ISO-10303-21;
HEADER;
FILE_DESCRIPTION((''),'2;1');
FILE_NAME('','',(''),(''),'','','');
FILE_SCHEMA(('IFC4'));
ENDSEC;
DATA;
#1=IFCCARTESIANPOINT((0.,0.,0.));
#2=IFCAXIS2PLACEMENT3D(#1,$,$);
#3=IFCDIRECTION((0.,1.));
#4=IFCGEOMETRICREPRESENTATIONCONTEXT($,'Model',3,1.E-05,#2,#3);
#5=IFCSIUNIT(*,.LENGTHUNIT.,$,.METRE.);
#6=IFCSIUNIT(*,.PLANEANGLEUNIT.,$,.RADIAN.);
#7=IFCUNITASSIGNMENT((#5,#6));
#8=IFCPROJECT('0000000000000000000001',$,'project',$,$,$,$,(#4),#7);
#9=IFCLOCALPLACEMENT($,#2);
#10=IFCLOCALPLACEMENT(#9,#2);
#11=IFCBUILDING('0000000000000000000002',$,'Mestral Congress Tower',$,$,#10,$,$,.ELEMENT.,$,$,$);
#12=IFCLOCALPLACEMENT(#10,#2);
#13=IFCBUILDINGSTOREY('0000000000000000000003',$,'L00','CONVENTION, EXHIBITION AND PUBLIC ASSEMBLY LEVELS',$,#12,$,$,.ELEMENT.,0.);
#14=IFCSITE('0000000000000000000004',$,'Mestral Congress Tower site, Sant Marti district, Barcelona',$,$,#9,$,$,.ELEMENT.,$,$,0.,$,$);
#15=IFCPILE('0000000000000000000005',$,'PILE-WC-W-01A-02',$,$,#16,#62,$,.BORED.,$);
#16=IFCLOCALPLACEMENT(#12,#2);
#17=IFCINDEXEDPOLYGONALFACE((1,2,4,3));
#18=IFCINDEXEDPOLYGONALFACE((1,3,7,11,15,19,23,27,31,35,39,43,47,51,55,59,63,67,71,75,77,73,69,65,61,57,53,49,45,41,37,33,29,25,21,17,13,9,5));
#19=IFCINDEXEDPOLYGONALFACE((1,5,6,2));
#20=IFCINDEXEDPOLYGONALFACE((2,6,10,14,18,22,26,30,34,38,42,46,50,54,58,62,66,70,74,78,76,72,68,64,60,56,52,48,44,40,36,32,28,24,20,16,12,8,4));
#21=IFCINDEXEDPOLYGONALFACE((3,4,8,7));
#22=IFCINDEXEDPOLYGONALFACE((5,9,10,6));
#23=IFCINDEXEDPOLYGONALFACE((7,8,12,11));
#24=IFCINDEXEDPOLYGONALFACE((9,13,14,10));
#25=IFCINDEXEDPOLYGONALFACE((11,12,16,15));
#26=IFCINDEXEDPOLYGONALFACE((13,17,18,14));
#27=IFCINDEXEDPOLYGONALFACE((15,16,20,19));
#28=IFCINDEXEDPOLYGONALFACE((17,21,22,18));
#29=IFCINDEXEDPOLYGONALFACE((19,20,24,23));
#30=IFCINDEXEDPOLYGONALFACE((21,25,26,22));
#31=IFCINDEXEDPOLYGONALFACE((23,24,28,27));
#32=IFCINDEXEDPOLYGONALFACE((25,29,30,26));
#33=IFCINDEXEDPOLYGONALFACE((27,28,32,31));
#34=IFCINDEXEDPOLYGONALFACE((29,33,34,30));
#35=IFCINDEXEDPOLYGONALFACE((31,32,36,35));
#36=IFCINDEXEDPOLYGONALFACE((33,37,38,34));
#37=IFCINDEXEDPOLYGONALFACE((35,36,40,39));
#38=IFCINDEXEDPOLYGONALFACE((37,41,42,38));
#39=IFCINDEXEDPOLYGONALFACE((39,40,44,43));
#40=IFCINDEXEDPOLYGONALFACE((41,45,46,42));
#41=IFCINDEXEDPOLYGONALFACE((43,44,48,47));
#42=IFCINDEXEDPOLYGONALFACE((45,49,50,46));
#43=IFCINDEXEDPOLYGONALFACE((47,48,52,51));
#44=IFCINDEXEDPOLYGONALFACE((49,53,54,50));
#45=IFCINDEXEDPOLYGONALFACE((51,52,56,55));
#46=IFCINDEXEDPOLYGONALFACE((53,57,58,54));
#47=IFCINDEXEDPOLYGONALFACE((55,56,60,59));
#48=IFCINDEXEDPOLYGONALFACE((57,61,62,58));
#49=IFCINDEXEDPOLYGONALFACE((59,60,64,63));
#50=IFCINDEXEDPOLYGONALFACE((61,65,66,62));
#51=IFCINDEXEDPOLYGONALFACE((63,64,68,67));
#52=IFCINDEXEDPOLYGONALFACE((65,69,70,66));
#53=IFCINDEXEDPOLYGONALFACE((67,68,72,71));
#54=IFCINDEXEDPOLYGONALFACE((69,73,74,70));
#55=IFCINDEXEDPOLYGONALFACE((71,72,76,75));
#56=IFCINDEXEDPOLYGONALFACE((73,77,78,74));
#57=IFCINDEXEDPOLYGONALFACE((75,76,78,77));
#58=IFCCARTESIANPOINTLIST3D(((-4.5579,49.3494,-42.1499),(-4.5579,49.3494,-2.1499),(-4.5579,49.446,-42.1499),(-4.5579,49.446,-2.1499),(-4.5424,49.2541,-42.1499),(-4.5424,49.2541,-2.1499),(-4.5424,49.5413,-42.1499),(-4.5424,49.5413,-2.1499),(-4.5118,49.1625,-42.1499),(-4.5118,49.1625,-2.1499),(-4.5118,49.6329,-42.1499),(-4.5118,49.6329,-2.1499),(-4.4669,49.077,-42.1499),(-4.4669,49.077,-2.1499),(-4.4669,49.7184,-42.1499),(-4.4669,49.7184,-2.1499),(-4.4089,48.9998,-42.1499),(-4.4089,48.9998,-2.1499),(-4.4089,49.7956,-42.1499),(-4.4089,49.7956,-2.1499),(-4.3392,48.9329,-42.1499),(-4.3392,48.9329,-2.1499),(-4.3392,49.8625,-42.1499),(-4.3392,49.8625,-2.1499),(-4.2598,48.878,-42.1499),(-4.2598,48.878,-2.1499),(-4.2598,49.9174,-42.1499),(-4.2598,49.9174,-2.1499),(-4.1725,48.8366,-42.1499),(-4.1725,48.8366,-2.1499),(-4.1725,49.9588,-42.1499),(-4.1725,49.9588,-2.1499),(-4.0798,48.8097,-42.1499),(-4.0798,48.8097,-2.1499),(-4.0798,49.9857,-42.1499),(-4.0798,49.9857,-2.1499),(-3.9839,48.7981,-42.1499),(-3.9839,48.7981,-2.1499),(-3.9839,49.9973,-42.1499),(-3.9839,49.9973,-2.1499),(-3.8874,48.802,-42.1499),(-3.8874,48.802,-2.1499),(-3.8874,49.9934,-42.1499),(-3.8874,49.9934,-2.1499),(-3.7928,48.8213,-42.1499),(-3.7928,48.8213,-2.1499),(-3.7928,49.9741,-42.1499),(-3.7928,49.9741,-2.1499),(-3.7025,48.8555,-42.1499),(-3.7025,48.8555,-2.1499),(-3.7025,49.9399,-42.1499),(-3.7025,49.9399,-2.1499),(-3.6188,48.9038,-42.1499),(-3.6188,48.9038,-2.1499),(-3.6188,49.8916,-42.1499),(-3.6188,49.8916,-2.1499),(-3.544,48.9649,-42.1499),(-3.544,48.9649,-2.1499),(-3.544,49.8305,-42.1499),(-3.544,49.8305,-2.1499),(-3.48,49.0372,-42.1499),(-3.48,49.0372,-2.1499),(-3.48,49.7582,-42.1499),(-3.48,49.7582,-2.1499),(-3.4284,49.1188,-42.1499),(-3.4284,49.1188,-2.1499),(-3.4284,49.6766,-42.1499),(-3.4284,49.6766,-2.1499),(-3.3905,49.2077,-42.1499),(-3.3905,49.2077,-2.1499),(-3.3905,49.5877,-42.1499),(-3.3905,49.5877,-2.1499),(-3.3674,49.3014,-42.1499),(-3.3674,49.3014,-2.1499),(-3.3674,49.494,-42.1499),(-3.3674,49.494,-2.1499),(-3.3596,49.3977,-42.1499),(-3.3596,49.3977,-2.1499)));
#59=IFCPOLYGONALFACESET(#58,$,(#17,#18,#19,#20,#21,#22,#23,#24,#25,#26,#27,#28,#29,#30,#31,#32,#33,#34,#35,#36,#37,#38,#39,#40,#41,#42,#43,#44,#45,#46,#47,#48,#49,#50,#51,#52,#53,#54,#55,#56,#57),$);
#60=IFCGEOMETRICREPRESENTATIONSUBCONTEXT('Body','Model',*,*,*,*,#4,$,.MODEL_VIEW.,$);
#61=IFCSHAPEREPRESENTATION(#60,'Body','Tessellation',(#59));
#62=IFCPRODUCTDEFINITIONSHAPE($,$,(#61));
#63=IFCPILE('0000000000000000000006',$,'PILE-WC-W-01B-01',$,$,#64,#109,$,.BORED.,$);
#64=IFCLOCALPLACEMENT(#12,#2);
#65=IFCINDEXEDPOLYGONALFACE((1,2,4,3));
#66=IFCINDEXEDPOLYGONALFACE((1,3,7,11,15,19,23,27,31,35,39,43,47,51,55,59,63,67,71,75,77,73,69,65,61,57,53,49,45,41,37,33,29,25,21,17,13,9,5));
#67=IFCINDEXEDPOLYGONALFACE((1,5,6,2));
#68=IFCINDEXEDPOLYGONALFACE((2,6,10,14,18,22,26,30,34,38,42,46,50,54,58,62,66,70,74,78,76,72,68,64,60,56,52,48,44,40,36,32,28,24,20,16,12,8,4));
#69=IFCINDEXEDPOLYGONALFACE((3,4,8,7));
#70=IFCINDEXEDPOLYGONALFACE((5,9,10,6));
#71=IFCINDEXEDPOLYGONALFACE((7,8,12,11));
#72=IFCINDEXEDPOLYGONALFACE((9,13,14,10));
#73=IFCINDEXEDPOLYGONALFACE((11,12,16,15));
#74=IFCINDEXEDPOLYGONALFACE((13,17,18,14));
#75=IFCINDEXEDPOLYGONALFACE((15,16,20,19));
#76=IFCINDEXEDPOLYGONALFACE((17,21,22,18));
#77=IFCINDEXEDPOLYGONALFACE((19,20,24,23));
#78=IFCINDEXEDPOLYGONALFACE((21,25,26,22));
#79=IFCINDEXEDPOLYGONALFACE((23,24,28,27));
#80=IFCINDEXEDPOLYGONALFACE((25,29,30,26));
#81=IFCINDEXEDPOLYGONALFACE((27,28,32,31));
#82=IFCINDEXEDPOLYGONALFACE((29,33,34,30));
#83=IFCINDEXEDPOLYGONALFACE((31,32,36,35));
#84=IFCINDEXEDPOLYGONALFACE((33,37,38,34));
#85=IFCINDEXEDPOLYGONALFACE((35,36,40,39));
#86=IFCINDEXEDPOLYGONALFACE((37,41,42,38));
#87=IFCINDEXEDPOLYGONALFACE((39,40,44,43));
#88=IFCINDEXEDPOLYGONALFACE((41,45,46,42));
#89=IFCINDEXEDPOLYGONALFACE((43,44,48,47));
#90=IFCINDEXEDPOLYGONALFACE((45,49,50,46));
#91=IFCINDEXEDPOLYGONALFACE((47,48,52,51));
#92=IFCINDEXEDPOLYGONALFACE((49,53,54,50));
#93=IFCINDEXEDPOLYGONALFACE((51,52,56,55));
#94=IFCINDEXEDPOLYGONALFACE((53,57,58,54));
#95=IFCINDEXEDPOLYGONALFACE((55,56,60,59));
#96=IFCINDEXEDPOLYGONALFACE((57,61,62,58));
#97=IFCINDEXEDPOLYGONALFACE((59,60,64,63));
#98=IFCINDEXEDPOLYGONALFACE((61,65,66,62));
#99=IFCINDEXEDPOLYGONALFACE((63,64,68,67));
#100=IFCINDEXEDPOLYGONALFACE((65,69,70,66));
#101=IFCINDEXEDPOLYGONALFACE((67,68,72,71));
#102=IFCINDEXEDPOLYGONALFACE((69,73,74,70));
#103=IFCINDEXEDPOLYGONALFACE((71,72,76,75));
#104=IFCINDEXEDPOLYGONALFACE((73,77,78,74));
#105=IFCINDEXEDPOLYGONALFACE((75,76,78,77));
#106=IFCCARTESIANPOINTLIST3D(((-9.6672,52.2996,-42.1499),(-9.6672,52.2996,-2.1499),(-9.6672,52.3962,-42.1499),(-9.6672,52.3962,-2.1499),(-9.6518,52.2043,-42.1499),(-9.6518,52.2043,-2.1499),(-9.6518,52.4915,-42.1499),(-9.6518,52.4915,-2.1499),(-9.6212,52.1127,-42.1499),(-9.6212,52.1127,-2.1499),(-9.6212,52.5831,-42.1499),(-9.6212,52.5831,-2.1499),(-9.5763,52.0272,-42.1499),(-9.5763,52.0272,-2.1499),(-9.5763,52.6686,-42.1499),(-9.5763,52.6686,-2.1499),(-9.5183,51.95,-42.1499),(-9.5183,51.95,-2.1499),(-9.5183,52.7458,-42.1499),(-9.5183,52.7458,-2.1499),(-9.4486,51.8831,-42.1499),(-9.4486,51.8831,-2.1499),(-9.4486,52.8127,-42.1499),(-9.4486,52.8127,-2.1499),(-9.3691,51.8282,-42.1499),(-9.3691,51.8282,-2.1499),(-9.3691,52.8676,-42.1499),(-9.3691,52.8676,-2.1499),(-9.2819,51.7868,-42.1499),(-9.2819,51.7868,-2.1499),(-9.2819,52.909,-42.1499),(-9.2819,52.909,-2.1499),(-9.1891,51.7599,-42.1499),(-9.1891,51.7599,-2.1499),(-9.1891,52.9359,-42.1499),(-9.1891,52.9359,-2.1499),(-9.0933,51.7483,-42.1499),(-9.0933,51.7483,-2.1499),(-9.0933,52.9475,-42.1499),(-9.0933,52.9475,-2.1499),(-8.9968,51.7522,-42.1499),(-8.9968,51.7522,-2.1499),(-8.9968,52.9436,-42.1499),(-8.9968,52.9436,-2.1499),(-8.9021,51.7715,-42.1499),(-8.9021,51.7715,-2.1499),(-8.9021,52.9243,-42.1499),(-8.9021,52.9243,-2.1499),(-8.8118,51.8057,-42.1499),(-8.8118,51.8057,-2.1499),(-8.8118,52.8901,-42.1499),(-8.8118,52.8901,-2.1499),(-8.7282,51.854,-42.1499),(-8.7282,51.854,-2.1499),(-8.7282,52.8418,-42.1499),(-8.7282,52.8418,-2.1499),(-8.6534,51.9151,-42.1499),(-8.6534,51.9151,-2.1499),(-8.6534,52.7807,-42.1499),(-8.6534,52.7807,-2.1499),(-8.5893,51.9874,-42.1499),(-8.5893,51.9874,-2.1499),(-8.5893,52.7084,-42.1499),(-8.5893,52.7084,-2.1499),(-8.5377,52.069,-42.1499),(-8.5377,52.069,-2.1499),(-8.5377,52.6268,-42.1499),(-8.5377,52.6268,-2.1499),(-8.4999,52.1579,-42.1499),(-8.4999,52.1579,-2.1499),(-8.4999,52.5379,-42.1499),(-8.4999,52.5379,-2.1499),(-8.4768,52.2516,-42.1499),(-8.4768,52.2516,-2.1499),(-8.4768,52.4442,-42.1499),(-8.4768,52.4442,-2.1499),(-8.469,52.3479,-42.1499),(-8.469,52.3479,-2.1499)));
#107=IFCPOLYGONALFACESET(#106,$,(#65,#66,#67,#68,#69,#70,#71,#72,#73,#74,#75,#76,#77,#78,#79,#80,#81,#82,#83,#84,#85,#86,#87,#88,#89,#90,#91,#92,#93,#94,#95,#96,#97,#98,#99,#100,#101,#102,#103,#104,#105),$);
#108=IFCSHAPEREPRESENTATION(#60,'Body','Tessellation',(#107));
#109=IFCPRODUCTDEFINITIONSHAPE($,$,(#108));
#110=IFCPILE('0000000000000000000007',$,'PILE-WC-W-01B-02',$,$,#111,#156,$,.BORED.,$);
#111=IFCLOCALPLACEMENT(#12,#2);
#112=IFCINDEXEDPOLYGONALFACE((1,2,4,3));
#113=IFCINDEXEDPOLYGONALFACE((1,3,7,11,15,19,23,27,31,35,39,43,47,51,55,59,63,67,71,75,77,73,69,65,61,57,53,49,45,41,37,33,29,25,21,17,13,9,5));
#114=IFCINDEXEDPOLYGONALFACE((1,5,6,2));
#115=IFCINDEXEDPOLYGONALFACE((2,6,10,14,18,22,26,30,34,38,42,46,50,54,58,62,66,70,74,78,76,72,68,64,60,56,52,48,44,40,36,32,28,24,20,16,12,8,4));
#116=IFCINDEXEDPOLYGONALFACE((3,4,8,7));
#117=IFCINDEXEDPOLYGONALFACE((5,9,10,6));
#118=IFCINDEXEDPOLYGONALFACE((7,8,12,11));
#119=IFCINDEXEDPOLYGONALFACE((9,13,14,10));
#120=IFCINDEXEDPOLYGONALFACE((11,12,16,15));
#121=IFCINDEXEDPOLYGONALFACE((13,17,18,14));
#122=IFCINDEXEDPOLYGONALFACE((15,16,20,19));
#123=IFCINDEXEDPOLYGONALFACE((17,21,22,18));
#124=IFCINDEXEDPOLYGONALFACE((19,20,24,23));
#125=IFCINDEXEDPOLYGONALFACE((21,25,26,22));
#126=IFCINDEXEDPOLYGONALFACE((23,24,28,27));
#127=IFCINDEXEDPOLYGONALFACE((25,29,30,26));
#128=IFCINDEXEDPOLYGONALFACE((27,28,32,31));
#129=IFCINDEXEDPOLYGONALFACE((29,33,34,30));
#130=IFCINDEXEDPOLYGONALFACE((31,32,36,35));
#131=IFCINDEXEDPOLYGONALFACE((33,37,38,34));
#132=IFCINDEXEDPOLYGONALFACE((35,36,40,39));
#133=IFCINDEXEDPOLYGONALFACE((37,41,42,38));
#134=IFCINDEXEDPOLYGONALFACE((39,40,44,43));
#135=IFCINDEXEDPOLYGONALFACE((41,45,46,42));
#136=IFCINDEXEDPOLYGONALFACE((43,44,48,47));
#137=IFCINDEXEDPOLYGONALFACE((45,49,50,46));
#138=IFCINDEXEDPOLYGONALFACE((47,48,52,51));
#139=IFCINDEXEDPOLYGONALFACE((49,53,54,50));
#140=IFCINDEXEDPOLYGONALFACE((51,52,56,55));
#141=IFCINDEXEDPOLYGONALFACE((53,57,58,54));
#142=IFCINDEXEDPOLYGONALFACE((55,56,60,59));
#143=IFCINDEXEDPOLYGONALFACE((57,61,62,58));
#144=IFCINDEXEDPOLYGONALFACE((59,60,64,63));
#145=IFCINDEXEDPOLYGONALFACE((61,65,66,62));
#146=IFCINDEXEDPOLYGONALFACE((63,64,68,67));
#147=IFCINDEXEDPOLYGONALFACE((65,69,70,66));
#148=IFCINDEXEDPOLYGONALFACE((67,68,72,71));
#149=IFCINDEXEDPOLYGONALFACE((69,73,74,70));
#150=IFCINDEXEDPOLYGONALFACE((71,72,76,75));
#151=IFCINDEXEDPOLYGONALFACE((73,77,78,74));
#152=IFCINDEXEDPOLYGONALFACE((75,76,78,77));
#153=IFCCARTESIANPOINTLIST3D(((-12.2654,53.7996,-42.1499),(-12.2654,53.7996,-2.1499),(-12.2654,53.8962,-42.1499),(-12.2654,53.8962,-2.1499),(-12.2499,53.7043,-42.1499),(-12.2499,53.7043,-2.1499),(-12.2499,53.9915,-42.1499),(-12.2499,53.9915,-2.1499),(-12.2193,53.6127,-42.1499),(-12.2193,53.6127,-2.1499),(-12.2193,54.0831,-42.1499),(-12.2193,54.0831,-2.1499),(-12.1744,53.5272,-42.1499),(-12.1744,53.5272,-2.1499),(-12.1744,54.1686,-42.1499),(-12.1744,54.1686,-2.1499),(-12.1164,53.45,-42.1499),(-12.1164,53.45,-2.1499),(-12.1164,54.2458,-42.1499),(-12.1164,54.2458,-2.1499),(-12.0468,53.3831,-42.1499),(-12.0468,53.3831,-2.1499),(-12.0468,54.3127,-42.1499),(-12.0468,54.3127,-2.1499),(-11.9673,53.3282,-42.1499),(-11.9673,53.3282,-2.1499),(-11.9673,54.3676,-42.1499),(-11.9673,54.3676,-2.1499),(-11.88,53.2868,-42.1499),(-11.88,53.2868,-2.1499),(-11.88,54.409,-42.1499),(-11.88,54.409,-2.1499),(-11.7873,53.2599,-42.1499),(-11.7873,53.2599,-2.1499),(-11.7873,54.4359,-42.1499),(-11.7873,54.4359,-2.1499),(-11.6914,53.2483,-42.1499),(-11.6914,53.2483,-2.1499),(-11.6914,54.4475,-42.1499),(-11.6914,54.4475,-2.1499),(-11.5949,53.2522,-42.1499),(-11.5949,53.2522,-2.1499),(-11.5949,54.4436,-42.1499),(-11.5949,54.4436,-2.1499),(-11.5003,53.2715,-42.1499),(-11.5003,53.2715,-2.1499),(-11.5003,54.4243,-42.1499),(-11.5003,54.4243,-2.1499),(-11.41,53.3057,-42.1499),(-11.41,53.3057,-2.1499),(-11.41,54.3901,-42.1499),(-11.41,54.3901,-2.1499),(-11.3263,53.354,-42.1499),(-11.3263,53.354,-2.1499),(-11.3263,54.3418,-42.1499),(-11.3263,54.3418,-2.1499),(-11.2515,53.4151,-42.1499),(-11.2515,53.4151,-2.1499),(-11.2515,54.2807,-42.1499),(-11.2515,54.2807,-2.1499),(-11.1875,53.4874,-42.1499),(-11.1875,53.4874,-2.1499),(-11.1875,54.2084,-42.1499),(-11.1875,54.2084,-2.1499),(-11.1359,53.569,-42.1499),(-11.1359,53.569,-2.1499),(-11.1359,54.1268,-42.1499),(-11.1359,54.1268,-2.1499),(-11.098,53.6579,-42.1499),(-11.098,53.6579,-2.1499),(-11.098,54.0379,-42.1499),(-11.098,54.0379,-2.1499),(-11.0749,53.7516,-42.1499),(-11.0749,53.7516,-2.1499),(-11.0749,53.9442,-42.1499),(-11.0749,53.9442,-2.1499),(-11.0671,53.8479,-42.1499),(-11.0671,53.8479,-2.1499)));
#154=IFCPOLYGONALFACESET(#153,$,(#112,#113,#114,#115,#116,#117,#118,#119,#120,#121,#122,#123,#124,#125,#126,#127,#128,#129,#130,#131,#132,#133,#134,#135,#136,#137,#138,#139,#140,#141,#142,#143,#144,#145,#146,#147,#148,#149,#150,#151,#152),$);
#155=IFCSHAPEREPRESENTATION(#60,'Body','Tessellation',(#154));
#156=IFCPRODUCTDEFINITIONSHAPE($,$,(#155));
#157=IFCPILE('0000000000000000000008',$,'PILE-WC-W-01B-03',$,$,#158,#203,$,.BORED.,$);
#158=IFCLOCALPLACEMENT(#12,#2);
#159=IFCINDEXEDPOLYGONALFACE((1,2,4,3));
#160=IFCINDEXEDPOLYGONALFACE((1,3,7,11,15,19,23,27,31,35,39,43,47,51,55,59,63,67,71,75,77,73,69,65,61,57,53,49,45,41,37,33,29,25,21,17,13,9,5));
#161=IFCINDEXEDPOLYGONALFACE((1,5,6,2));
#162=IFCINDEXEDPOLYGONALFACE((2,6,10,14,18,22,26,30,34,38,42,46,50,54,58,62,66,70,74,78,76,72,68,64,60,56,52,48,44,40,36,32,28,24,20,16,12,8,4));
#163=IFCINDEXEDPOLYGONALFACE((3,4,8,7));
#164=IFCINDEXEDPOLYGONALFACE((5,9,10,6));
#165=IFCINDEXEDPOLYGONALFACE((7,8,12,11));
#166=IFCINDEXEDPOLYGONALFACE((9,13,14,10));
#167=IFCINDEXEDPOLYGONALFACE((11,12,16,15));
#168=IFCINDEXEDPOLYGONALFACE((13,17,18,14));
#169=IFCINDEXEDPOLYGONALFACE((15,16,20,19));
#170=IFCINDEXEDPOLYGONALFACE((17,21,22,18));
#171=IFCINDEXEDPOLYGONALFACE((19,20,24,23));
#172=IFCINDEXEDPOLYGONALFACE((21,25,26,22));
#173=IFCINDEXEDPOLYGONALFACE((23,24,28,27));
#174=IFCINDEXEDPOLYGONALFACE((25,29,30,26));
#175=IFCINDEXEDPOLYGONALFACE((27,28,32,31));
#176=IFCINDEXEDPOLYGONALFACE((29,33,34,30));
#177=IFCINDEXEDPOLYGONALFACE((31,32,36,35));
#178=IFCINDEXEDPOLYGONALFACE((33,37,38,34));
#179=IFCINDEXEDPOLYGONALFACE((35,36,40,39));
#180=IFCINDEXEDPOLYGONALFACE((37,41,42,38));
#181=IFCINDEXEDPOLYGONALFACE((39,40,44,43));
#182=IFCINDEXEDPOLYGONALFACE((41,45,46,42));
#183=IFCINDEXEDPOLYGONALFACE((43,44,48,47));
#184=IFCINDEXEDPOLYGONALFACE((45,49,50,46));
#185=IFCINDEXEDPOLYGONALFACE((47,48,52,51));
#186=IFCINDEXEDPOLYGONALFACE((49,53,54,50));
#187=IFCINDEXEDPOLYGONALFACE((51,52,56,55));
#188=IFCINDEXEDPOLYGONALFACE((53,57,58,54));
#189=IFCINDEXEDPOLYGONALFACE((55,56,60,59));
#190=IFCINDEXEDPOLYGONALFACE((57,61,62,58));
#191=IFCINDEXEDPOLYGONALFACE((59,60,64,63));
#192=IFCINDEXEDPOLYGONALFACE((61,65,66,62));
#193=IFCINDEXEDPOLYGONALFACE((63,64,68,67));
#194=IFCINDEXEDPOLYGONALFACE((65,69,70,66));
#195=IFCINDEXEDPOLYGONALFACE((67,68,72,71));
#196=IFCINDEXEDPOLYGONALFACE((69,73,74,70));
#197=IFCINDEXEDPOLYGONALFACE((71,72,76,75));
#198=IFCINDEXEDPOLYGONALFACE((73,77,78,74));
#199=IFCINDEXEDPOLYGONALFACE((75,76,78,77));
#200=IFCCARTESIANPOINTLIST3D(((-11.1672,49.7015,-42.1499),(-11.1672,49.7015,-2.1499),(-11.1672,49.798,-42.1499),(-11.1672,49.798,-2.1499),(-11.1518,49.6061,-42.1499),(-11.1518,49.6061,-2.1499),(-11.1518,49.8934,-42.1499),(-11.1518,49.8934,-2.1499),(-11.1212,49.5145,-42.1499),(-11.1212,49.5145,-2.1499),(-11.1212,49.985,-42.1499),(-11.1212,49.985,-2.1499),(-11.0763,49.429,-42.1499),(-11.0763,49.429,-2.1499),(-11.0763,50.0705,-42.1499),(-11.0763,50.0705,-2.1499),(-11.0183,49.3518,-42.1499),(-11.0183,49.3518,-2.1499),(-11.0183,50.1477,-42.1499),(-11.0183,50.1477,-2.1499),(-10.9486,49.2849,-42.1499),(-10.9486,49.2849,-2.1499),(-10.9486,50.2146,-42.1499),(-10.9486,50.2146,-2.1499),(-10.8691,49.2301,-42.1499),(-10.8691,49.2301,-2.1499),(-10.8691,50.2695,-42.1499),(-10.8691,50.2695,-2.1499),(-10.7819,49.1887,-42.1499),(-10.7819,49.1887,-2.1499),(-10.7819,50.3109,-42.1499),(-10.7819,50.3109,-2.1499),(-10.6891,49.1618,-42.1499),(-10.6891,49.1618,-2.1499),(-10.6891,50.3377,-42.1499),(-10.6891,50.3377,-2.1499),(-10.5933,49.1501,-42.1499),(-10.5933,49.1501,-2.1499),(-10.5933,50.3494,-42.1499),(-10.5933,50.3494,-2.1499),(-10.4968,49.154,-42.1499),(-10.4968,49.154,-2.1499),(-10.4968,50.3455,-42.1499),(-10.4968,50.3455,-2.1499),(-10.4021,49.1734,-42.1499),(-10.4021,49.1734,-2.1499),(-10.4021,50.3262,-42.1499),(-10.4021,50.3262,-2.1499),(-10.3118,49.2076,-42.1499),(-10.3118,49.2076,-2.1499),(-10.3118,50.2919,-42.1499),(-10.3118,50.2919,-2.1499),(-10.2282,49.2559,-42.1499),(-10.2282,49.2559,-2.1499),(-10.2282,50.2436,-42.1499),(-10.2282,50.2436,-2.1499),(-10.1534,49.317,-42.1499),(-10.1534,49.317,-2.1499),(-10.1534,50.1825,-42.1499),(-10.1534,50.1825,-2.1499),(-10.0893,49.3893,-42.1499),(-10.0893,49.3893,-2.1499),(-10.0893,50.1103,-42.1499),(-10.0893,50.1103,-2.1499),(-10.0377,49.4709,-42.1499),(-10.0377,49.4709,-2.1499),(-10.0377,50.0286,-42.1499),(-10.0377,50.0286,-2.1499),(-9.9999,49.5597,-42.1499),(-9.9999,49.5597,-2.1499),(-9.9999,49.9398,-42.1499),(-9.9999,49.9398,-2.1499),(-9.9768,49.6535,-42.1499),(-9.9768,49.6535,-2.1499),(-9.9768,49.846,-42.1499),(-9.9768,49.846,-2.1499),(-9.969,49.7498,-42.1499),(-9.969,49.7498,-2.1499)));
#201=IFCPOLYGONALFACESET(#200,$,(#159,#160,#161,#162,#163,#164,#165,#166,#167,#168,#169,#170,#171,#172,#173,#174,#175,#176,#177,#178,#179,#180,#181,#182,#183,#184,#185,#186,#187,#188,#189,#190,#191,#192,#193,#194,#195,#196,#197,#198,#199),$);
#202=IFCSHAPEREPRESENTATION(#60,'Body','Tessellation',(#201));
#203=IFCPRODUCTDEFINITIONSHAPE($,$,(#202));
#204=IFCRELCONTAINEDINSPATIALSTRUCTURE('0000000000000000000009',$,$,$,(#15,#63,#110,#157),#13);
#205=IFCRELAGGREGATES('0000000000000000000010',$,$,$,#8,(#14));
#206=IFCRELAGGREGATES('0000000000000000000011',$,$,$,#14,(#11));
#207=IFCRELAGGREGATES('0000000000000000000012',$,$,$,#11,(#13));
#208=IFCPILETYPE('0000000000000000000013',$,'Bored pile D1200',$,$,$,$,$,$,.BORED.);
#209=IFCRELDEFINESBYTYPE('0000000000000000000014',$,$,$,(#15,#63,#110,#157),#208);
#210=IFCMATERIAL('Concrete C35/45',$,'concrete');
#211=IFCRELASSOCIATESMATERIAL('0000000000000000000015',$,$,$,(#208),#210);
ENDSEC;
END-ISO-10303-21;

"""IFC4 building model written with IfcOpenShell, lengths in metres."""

from ifc_helpers import new_model, si_unit, direction, frame, origin, origin_2d, place, context, subcontext, project, spatial, circle, extrude, material, material_profile, profile_set, type_object, element, save


model = new_model("IFC4")

# Units and contexts
model_context = context("Model", 3, precision=1e-05, world=origin(), true_north=direction((0.0, 1.0)))
body_context = subcontext(model_context, "Body", "Model", "MODEL_VIEW")
ifc_project = project(units=[si_unit("LENGTHUNIT", "METRE"), si_unit("PLANEANGLEUNIT", "RADIAN")], contexts=[model_context])

# Site, building, storey
site_placement = place(None, origin())
site = spatial("IfcSite", under=ifc_project, at=site_placement, Name="Mestral Congress Tower site, Sant Marti district, Barcelona", CompositionType="ELEMENT", RefElevation=0.0)
building_placement = place(site_placement, origin())
building = spatial("IfcBuilding", under=site, at=building_placement, Name="Mestral Congress Tower", CompositionType="ELEMENT")
storey_placement = place(building_placement, origin())
storey = spatial("IfcBuildingStorey", under=building, at=storey_placement, Name="L00", Description="CONVENTION, EXHIBITION AND PUBLIC ASSEMBLY LEVELS", CompositionType="ELEMENT", Elevation=0.0)

# Piles
ifc_material_1 = material(Name="Concrete C35/45", Category="concrete")
ifc_material_profile_1 = material_profile(ifc_material_1, circle(Radius=0.6001, at=origin_2d()), Name="D1200")
ifc_profile_set_1 = profile_set([ifc_material_profile_1], Name="Concrete C35/45")
pile_type = type_object("IfcPileType", Name="Bored pile D1200", PredefinedType="BORED", material=ifc_profile_set_1)
for number, where, z_axis, x_axis, name in (
    (1, (-3.9597, 49.3977, -2.1499), (0.0, 0.0, -1.0), (1.0, 0.0, 0.0), "PILE-WC-W-01A-02"),
    (2, (-9.0691, 52.3479, -2.1499), (0.0, 0.0, -1.0), (1.0, 0.0, 0.0), "PILE-WC-W-01B-01"),
    (3, (-11.6672, 53.8479, -2.1499), (0.0, 0.0, -1.0), (1.0, 0.0, 0.0), "PILE-WC-W-01B-02"),
    (4, (-10.5691, 49.7498, -2.1499), (0.0, 0.0, -1.0), (1.0, 0.0, 0.0), "PILE-WC-W-01B-03"),
):
    element("IfcPile", number, at=place(storey_placement, frame(where, z_axis=z_axis, x_axis=x_axis)), inside=storey, type_object=pile_type, Name=name, PredefinedType="BORED", context=body_context, shape_type="SweptSolid", body=[
        extrude(circle(Radius=0.6001, at=origin_2d()), origin(), (0.0, 0.0, 1.0), 40.0),
    ])

save(model, "model.ifc")
